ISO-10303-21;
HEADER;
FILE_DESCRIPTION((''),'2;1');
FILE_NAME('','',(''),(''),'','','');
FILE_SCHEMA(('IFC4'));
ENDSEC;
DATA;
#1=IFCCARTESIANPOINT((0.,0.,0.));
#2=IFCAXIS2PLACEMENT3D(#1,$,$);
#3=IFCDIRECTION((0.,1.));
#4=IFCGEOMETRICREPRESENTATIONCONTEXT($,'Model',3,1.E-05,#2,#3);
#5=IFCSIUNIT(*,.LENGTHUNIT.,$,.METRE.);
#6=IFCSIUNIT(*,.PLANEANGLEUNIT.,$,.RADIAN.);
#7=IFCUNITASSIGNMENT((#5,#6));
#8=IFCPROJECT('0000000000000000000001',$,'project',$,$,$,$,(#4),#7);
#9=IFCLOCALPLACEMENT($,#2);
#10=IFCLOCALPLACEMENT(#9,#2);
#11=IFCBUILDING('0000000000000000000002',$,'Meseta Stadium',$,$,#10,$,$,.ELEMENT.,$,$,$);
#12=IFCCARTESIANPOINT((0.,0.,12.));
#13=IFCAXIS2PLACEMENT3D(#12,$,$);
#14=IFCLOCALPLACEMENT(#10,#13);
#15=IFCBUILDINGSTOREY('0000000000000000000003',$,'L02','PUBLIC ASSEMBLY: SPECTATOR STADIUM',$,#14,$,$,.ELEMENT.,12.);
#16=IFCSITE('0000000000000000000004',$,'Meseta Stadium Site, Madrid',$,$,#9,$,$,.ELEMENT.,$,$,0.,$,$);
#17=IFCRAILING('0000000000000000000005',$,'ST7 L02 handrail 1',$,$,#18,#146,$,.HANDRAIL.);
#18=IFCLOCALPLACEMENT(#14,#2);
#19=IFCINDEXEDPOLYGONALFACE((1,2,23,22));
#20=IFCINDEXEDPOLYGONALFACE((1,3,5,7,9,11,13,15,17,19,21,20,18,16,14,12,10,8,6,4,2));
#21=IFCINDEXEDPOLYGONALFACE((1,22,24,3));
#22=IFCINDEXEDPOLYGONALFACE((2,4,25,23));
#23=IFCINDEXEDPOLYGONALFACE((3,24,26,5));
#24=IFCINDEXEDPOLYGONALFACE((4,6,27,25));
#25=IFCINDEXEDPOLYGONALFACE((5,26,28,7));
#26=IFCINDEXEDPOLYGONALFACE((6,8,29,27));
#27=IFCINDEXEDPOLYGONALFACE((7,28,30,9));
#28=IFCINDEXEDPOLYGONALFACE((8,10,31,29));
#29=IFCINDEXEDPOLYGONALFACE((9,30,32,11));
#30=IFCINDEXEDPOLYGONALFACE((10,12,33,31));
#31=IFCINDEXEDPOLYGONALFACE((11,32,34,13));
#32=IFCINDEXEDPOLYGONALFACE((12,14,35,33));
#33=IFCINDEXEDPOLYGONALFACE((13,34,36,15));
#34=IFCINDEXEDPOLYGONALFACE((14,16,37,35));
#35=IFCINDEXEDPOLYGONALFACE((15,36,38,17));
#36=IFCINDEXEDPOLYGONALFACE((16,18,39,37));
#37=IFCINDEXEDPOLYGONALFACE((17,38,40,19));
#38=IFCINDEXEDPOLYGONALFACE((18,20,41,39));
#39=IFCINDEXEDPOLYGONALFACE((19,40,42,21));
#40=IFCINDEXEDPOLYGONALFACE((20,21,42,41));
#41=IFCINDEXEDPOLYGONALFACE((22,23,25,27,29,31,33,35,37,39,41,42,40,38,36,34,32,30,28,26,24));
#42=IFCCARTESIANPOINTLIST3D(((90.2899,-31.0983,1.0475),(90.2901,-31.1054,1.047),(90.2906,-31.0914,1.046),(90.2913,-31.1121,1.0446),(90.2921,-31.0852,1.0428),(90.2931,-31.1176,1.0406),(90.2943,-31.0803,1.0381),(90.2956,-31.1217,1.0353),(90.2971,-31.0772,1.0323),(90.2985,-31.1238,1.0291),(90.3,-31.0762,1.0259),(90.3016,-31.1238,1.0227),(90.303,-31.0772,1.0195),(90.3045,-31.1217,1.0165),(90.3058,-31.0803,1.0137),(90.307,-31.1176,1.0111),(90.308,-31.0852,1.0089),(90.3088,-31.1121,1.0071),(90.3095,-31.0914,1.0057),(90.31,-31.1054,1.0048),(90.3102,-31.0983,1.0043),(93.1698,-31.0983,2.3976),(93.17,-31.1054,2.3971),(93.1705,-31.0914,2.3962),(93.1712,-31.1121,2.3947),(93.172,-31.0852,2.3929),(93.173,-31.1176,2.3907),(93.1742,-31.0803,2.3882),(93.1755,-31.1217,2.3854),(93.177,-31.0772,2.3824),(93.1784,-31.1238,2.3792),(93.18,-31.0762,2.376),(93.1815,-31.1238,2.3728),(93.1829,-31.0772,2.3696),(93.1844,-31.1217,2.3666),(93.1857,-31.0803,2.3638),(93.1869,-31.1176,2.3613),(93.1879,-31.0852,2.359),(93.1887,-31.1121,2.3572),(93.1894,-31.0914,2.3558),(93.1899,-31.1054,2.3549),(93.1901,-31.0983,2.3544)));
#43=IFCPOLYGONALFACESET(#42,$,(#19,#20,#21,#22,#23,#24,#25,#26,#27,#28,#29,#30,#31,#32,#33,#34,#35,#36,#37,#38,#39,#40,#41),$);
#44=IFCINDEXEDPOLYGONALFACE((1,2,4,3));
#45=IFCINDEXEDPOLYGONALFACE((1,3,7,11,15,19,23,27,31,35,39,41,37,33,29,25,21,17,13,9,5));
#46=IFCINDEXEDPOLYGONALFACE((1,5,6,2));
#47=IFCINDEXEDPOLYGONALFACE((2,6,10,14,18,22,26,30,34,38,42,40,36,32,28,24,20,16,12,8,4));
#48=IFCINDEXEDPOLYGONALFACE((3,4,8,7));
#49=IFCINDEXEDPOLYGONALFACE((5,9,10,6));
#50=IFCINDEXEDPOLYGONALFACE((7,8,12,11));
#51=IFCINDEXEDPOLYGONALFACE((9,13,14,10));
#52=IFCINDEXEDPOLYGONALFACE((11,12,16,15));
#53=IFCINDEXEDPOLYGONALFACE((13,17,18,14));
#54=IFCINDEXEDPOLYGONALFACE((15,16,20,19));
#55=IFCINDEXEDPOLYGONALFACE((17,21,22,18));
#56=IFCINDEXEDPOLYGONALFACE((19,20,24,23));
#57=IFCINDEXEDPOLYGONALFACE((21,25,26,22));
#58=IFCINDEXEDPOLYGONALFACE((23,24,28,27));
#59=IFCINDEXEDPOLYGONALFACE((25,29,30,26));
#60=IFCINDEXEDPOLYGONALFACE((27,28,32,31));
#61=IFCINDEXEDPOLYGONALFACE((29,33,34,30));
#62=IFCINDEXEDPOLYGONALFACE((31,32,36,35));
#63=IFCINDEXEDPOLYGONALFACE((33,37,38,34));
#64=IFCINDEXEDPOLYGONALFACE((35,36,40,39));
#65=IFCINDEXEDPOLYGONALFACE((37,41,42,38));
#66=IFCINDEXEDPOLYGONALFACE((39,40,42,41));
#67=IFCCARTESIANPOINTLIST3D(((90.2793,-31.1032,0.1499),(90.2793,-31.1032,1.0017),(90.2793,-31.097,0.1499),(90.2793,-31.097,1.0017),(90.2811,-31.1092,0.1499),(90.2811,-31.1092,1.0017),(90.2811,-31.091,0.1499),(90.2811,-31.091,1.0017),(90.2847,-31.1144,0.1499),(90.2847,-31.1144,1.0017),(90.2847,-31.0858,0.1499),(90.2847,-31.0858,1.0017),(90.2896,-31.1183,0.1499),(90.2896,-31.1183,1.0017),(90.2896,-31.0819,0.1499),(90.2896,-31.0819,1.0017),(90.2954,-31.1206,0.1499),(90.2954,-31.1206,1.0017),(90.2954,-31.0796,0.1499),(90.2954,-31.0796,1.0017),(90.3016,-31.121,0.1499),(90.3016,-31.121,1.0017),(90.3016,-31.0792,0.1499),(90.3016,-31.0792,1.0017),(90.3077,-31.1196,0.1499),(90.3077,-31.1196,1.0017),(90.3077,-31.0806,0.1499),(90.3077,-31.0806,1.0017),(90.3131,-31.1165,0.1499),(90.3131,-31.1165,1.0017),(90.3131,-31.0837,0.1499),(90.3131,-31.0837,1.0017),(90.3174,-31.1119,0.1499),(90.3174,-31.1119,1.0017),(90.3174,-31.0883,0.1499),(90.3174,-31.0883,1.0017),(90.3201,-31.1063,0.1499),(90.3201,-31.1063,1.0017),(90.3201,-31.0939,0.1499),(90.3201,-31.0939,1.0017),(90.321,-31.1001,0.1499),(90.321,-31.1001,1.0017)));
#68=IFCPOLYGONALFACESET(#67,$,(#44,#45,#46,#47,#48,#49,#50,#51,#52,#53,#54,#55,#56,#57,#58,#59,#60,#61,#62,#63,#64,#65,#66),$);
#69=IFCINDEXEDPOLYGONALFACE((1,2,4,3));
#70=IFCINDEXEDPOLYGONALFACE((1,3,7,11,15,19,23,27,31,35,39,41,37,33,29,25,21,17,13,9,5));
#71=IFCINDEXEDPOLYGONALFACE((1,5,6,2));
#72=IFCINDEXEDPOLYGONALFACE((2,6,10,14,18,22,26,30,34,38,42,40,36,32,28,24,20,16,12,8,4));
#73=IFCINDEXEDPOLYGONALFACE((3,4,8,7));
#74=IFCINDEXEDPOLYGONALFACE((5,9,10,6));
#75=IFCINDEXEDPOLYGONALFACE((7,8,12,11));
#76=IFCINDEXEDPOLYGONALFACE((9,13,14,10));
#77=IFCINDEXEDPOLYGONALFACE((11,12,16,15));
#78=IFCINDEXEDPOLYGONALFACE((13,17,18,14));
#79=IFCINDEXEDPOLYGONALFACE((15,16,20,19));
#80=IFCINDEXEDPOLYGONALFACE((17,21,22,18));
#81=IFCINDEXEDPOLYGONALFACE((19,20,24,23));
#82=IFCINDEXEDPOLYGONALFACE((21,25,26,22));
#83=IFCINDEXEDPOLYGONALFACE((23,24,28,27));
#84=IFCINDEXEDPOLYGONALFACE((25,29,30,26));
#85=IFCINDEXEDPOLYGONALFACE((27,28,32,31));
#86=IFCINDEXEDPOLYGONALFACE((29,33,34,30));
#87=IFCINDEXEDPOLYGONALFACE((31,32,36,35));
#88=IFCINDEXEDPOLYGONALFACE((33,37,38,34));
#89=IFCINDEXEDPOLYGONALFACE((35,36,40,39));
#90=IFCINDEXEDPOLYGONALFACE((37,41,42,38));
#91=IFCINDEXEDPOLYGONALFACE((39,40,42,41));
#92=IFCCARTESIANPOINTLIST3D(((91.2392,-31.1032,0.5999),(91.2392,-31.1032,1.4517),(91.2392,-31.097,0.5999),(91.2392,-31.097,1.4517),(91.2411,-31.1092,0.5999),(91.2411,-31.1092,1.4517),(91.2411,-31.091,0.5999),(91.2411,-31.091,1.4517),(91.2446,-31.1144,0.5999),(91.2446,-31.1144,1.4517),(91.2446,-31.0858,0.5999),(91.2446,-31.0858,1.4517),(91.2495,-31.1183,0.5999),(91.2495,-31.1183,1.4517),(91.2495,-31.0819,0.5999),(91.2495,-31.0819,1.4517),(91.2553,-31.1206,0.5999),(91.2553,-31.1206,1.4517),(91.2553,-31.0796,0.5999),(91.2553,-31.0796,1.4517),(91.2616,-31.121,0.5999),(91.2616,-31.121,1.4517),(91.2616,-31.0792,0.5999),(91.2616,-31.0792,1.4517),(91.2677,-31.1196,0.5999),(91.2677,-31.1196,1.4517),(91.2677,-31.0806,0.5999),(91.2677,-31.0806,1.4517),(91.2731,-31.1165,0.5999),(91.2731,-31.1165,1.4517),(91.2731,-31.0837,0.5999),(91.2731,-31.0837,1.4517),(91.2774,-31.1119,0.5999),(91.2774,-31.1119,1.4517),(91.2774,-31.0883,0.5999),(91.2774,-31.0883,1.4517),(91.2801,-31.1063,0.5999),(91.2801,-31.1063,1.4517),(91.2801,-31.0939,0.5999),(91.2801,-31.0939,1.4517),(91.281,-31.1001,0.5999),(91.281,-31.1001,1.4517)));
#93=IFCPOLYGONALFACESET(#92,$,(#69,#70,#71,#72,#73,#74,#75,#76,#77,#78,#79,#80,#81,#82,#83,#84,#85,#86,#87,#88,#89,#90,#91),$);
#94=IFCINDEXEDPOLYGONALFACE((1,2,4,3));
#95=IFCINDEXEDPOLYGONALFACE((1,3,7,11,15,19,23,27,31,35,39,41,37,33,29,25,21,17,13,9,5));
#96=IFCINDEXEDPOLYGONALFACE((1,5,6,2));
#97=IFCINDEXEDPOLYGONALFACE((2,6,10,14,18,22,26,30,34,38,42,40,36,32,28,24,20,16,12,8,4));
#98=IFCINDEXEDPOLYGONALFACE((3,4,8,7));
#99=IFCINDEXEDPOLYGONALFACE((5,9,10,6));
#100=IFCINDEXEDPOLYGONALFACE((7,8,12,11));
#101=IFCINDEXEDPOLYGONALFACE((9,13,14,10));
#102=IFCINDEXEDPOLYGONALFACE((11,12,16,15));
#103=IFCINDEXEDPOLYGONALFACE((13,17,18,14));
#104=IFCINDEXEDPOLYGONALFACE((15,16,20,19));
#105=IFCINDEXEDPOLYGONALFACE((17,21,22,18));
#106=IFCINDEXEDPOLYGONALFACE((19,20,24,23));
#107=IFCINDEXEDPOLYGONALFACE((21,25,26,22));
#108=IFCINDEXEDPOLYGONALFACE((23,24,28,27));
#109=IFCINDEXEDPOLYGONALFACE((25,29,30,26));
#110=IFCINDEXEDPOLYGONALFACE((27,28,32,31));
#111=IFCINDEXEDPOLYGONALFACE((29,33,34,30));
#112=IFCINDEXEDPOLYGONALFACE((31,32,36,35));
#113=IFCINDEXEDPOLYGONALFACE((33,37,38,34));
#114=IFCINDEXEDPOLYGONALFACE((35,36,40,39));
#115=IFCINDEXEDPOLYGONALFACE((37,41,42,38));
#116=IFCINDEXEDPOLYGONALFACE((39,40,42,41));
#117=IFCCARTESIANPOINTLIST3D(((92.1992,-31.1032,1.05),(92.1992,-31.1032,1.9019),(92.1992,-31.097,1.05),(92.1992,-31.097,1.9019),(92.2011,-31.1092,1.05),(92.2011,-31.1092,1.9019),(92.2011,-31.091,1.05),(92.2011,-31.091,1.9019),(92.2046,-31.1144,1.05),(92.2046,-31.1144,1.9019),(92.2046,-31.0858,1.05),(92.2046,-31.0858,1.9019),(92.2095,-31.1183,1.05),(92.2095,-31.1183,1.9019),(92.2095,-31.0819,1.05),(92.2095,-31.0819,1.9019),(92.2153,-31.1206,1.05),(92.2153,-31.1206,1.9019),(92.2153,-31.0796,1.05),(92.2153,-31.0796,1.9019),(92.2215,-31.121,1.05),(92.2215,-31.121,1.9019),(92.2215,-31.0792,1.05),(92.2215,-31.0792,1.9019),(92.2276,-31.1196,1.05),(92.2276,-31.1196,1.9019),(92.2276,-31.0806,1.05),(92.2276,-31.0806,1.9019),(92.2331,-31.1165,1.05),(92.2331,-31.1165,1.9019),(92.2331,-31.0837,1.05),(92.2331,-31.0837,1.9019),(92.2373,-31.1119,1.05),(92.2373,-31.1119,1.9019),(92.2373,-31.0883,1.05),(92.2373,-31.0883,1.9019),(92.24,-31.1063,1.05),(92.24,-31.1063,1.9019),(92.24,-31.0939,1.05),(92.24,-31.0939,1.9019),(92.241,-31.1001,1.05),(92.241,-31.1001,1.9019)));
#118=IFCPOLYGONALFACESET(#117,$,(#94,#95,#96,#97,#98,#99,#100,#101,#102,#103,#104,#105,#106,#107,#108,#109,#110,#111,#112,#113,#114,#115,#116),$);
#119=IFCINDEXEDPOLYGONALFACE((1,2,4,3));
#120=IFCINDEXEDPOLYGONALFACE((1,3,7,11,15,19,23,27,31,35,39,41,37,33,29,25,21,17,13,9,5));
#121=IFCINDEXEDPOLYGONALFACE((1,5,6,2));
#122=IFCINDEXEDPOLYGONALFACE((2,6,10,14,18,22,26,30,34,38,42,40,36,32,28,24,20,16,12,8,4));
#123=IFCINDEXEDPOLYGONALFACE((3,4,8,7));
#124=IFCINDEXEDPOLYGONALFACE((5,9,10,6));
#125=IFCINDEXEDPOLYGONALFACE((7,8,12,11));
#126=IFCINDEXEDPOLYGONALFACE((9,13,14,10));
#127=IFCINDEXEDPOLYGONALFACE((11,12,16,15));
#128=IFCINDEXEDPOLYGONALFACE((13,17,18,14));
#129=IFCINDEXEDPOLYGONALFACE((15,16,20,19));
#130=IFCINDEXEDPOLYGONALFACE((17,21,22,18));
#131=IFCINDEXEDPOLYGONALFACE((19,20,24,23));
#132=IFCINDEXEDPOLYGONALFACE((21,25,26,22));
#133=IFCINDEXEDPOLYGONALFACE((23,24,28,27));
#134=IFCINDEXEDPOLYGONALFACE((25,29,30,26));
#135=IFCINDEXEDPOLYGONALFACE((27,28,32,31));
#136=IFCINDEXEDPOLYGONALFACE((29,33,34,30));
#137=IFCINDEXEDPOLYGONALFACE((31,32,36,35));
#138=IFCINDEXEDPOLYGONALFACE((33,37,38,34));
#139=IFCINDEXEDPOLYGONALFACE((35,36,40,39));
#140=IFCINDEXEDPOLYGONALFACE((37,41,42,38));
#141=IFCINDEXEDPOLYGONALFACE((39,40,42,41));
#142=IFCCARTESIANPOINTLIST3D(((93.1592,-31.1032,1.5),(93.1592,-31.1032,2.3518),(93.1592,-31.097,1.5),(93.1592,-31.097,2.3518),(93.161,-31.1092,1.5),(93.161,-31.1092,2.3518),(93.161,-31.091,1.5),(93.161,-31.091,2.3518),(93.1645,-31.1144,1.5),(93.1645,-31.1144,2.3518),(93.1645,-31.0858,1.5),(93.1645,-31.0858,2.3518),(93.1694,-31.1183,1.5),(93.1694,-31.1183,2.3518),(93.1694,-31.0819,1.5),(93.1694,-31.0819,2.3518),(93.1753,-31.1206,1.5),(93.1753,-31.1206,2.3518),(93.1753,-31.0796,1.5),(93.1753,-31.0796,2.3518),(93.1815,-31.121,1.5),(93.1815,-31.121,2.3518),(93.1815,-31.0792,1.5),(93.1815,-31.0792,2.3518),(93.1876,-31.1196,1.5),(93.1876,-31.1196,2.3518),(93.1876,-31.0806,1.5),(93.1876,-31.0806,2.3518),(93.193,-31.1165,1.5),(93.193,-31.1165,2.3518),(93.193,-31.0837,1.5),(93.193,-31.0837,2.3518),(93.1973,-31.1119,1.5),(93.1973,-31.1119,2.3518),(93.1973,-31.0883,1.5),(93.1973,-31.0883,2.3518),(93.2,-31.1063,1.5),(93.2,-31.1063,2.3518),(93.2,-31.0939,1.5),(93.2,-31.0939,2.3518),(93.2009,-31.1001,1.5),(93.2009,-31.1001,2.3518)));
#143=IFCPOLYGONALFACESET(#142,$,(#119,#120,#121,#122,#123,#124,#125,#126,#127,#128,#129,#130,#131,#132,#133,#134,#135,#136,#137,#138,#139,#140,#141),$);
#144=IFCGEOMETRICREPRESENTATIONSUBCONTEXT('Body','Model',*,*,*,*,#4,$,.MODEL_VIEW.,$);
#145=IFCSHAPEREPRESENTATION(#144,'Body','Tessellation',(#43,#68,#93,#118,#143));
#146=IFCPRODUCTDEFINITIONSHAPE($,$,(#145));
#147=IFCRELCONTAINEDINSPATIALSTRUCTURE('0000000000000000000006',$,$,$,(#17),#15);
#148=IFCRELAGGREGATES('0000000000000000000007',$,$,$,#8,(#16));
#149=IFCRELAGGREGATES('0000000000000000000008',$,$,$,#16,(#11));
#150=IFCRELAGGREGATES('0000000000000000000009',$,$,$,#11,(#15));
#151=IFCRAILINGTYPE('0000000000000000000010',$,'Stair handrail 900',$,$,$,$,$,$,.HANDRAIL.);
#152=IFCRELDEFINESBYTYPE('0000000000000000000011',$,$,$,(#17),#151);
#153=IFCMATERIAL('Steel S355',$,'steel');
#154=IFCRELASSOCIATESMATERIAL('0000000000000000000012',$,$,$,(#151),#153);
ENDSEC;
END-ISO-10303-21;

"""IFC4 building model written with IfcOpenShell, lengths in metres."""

from ifc_helpers import new_model, si_unit, direction, frame, origin, origin_2d, place, context, subcontext, project, spatial, circle, extrude, material, type_object, element, save


model = new_model("IFC4")

# Units and contexts
model_context = context("Model", 3, precision=1e-05, world=origin(), true_north=direction((0.0, 1.0)))
body_context = subcontext(model_context, "Body", "Model", "MODEL_VIEW")
ifc_project = project(units=[si_unit("LENGTHUNIT", "METRE"), si_unit("PLANEANGLEUNIT", "RADIAN")], contexts=[model_context])

# Site, building, storey
site_placement = place(None, origin())
site = spatial("IfcSite", under=ifc_project, at=site_placement, Name="Meseta Stadium Site, Madrid", CompositionType="ELEMENT", RefElevation=0.0)
building_placement = place(site_placement, origin())
building = spatial("IfcBuilding", under=site, at=building_placement, Name="Meseta Stadium", CompositionType="ELEMENT")
storey_placement = place(building_placement, frame((0.0, 0.0, 12.0)))
storey = spatial("IfcBuildingStorey", under=building, at=storey_placement, Name="L02", Description="PUBLIC ASSEMBLY: SPECTATOR STADIUM", CompositionType="ELEMENT", Elevation=12.0)

# Railing
ifc_material_1 = material(Name="Steel S355", Category="steel")
railing_type_1 = type_object("IfcRailingType", Name="Stair handrail 900", PredefinedType="HANDRAIL", material=ifc_material_1)
railing_1_placement = place(storey_placement, frame((90.3, -31.1001, 0.1499)))
element("IfcRailing", 1, at=railing_1_placement, inside=storey, type_object=railing_type_1, Name="ST7 L02 handrail 1", PredefinedType="HANDRAIL", context=body_context, shape_type="SweptSolid", body=[
    extrude(circle(Radius=0.0239, at=origin_2d()), frame((0.0, 0.0, 0.876), z_axis=(0.90544, 0.0, 0.424473), x_axis=(0.0, 1.0, 0.0)), (0.0, 0.0, 1.0), 3.1807),
    extrude(circle(Radius=0.021, at=origin_2d()), origin(), (0.0, 0.0, 1.0), 0.8518),
    extrude(circle(Radius=0.021, at=origin_2d()), frame((0.96, 0.0, 0.45)), (0.0, 0.0, 1.0), 0.8518),
    extrude(circle(Radius=0.021, at=origin_2d()), frame((1.9199, 0.0, 0.9001)), (0.0, 0.0, 1.0), 0.8518),
    extrude(circle(Radius=0.021, at=origin_2d()), frame((2.8799, 0.0, 1.3501)), (0.0, 0.0, 1.0), 0.8518),
])

save(model, "model.ifc")
